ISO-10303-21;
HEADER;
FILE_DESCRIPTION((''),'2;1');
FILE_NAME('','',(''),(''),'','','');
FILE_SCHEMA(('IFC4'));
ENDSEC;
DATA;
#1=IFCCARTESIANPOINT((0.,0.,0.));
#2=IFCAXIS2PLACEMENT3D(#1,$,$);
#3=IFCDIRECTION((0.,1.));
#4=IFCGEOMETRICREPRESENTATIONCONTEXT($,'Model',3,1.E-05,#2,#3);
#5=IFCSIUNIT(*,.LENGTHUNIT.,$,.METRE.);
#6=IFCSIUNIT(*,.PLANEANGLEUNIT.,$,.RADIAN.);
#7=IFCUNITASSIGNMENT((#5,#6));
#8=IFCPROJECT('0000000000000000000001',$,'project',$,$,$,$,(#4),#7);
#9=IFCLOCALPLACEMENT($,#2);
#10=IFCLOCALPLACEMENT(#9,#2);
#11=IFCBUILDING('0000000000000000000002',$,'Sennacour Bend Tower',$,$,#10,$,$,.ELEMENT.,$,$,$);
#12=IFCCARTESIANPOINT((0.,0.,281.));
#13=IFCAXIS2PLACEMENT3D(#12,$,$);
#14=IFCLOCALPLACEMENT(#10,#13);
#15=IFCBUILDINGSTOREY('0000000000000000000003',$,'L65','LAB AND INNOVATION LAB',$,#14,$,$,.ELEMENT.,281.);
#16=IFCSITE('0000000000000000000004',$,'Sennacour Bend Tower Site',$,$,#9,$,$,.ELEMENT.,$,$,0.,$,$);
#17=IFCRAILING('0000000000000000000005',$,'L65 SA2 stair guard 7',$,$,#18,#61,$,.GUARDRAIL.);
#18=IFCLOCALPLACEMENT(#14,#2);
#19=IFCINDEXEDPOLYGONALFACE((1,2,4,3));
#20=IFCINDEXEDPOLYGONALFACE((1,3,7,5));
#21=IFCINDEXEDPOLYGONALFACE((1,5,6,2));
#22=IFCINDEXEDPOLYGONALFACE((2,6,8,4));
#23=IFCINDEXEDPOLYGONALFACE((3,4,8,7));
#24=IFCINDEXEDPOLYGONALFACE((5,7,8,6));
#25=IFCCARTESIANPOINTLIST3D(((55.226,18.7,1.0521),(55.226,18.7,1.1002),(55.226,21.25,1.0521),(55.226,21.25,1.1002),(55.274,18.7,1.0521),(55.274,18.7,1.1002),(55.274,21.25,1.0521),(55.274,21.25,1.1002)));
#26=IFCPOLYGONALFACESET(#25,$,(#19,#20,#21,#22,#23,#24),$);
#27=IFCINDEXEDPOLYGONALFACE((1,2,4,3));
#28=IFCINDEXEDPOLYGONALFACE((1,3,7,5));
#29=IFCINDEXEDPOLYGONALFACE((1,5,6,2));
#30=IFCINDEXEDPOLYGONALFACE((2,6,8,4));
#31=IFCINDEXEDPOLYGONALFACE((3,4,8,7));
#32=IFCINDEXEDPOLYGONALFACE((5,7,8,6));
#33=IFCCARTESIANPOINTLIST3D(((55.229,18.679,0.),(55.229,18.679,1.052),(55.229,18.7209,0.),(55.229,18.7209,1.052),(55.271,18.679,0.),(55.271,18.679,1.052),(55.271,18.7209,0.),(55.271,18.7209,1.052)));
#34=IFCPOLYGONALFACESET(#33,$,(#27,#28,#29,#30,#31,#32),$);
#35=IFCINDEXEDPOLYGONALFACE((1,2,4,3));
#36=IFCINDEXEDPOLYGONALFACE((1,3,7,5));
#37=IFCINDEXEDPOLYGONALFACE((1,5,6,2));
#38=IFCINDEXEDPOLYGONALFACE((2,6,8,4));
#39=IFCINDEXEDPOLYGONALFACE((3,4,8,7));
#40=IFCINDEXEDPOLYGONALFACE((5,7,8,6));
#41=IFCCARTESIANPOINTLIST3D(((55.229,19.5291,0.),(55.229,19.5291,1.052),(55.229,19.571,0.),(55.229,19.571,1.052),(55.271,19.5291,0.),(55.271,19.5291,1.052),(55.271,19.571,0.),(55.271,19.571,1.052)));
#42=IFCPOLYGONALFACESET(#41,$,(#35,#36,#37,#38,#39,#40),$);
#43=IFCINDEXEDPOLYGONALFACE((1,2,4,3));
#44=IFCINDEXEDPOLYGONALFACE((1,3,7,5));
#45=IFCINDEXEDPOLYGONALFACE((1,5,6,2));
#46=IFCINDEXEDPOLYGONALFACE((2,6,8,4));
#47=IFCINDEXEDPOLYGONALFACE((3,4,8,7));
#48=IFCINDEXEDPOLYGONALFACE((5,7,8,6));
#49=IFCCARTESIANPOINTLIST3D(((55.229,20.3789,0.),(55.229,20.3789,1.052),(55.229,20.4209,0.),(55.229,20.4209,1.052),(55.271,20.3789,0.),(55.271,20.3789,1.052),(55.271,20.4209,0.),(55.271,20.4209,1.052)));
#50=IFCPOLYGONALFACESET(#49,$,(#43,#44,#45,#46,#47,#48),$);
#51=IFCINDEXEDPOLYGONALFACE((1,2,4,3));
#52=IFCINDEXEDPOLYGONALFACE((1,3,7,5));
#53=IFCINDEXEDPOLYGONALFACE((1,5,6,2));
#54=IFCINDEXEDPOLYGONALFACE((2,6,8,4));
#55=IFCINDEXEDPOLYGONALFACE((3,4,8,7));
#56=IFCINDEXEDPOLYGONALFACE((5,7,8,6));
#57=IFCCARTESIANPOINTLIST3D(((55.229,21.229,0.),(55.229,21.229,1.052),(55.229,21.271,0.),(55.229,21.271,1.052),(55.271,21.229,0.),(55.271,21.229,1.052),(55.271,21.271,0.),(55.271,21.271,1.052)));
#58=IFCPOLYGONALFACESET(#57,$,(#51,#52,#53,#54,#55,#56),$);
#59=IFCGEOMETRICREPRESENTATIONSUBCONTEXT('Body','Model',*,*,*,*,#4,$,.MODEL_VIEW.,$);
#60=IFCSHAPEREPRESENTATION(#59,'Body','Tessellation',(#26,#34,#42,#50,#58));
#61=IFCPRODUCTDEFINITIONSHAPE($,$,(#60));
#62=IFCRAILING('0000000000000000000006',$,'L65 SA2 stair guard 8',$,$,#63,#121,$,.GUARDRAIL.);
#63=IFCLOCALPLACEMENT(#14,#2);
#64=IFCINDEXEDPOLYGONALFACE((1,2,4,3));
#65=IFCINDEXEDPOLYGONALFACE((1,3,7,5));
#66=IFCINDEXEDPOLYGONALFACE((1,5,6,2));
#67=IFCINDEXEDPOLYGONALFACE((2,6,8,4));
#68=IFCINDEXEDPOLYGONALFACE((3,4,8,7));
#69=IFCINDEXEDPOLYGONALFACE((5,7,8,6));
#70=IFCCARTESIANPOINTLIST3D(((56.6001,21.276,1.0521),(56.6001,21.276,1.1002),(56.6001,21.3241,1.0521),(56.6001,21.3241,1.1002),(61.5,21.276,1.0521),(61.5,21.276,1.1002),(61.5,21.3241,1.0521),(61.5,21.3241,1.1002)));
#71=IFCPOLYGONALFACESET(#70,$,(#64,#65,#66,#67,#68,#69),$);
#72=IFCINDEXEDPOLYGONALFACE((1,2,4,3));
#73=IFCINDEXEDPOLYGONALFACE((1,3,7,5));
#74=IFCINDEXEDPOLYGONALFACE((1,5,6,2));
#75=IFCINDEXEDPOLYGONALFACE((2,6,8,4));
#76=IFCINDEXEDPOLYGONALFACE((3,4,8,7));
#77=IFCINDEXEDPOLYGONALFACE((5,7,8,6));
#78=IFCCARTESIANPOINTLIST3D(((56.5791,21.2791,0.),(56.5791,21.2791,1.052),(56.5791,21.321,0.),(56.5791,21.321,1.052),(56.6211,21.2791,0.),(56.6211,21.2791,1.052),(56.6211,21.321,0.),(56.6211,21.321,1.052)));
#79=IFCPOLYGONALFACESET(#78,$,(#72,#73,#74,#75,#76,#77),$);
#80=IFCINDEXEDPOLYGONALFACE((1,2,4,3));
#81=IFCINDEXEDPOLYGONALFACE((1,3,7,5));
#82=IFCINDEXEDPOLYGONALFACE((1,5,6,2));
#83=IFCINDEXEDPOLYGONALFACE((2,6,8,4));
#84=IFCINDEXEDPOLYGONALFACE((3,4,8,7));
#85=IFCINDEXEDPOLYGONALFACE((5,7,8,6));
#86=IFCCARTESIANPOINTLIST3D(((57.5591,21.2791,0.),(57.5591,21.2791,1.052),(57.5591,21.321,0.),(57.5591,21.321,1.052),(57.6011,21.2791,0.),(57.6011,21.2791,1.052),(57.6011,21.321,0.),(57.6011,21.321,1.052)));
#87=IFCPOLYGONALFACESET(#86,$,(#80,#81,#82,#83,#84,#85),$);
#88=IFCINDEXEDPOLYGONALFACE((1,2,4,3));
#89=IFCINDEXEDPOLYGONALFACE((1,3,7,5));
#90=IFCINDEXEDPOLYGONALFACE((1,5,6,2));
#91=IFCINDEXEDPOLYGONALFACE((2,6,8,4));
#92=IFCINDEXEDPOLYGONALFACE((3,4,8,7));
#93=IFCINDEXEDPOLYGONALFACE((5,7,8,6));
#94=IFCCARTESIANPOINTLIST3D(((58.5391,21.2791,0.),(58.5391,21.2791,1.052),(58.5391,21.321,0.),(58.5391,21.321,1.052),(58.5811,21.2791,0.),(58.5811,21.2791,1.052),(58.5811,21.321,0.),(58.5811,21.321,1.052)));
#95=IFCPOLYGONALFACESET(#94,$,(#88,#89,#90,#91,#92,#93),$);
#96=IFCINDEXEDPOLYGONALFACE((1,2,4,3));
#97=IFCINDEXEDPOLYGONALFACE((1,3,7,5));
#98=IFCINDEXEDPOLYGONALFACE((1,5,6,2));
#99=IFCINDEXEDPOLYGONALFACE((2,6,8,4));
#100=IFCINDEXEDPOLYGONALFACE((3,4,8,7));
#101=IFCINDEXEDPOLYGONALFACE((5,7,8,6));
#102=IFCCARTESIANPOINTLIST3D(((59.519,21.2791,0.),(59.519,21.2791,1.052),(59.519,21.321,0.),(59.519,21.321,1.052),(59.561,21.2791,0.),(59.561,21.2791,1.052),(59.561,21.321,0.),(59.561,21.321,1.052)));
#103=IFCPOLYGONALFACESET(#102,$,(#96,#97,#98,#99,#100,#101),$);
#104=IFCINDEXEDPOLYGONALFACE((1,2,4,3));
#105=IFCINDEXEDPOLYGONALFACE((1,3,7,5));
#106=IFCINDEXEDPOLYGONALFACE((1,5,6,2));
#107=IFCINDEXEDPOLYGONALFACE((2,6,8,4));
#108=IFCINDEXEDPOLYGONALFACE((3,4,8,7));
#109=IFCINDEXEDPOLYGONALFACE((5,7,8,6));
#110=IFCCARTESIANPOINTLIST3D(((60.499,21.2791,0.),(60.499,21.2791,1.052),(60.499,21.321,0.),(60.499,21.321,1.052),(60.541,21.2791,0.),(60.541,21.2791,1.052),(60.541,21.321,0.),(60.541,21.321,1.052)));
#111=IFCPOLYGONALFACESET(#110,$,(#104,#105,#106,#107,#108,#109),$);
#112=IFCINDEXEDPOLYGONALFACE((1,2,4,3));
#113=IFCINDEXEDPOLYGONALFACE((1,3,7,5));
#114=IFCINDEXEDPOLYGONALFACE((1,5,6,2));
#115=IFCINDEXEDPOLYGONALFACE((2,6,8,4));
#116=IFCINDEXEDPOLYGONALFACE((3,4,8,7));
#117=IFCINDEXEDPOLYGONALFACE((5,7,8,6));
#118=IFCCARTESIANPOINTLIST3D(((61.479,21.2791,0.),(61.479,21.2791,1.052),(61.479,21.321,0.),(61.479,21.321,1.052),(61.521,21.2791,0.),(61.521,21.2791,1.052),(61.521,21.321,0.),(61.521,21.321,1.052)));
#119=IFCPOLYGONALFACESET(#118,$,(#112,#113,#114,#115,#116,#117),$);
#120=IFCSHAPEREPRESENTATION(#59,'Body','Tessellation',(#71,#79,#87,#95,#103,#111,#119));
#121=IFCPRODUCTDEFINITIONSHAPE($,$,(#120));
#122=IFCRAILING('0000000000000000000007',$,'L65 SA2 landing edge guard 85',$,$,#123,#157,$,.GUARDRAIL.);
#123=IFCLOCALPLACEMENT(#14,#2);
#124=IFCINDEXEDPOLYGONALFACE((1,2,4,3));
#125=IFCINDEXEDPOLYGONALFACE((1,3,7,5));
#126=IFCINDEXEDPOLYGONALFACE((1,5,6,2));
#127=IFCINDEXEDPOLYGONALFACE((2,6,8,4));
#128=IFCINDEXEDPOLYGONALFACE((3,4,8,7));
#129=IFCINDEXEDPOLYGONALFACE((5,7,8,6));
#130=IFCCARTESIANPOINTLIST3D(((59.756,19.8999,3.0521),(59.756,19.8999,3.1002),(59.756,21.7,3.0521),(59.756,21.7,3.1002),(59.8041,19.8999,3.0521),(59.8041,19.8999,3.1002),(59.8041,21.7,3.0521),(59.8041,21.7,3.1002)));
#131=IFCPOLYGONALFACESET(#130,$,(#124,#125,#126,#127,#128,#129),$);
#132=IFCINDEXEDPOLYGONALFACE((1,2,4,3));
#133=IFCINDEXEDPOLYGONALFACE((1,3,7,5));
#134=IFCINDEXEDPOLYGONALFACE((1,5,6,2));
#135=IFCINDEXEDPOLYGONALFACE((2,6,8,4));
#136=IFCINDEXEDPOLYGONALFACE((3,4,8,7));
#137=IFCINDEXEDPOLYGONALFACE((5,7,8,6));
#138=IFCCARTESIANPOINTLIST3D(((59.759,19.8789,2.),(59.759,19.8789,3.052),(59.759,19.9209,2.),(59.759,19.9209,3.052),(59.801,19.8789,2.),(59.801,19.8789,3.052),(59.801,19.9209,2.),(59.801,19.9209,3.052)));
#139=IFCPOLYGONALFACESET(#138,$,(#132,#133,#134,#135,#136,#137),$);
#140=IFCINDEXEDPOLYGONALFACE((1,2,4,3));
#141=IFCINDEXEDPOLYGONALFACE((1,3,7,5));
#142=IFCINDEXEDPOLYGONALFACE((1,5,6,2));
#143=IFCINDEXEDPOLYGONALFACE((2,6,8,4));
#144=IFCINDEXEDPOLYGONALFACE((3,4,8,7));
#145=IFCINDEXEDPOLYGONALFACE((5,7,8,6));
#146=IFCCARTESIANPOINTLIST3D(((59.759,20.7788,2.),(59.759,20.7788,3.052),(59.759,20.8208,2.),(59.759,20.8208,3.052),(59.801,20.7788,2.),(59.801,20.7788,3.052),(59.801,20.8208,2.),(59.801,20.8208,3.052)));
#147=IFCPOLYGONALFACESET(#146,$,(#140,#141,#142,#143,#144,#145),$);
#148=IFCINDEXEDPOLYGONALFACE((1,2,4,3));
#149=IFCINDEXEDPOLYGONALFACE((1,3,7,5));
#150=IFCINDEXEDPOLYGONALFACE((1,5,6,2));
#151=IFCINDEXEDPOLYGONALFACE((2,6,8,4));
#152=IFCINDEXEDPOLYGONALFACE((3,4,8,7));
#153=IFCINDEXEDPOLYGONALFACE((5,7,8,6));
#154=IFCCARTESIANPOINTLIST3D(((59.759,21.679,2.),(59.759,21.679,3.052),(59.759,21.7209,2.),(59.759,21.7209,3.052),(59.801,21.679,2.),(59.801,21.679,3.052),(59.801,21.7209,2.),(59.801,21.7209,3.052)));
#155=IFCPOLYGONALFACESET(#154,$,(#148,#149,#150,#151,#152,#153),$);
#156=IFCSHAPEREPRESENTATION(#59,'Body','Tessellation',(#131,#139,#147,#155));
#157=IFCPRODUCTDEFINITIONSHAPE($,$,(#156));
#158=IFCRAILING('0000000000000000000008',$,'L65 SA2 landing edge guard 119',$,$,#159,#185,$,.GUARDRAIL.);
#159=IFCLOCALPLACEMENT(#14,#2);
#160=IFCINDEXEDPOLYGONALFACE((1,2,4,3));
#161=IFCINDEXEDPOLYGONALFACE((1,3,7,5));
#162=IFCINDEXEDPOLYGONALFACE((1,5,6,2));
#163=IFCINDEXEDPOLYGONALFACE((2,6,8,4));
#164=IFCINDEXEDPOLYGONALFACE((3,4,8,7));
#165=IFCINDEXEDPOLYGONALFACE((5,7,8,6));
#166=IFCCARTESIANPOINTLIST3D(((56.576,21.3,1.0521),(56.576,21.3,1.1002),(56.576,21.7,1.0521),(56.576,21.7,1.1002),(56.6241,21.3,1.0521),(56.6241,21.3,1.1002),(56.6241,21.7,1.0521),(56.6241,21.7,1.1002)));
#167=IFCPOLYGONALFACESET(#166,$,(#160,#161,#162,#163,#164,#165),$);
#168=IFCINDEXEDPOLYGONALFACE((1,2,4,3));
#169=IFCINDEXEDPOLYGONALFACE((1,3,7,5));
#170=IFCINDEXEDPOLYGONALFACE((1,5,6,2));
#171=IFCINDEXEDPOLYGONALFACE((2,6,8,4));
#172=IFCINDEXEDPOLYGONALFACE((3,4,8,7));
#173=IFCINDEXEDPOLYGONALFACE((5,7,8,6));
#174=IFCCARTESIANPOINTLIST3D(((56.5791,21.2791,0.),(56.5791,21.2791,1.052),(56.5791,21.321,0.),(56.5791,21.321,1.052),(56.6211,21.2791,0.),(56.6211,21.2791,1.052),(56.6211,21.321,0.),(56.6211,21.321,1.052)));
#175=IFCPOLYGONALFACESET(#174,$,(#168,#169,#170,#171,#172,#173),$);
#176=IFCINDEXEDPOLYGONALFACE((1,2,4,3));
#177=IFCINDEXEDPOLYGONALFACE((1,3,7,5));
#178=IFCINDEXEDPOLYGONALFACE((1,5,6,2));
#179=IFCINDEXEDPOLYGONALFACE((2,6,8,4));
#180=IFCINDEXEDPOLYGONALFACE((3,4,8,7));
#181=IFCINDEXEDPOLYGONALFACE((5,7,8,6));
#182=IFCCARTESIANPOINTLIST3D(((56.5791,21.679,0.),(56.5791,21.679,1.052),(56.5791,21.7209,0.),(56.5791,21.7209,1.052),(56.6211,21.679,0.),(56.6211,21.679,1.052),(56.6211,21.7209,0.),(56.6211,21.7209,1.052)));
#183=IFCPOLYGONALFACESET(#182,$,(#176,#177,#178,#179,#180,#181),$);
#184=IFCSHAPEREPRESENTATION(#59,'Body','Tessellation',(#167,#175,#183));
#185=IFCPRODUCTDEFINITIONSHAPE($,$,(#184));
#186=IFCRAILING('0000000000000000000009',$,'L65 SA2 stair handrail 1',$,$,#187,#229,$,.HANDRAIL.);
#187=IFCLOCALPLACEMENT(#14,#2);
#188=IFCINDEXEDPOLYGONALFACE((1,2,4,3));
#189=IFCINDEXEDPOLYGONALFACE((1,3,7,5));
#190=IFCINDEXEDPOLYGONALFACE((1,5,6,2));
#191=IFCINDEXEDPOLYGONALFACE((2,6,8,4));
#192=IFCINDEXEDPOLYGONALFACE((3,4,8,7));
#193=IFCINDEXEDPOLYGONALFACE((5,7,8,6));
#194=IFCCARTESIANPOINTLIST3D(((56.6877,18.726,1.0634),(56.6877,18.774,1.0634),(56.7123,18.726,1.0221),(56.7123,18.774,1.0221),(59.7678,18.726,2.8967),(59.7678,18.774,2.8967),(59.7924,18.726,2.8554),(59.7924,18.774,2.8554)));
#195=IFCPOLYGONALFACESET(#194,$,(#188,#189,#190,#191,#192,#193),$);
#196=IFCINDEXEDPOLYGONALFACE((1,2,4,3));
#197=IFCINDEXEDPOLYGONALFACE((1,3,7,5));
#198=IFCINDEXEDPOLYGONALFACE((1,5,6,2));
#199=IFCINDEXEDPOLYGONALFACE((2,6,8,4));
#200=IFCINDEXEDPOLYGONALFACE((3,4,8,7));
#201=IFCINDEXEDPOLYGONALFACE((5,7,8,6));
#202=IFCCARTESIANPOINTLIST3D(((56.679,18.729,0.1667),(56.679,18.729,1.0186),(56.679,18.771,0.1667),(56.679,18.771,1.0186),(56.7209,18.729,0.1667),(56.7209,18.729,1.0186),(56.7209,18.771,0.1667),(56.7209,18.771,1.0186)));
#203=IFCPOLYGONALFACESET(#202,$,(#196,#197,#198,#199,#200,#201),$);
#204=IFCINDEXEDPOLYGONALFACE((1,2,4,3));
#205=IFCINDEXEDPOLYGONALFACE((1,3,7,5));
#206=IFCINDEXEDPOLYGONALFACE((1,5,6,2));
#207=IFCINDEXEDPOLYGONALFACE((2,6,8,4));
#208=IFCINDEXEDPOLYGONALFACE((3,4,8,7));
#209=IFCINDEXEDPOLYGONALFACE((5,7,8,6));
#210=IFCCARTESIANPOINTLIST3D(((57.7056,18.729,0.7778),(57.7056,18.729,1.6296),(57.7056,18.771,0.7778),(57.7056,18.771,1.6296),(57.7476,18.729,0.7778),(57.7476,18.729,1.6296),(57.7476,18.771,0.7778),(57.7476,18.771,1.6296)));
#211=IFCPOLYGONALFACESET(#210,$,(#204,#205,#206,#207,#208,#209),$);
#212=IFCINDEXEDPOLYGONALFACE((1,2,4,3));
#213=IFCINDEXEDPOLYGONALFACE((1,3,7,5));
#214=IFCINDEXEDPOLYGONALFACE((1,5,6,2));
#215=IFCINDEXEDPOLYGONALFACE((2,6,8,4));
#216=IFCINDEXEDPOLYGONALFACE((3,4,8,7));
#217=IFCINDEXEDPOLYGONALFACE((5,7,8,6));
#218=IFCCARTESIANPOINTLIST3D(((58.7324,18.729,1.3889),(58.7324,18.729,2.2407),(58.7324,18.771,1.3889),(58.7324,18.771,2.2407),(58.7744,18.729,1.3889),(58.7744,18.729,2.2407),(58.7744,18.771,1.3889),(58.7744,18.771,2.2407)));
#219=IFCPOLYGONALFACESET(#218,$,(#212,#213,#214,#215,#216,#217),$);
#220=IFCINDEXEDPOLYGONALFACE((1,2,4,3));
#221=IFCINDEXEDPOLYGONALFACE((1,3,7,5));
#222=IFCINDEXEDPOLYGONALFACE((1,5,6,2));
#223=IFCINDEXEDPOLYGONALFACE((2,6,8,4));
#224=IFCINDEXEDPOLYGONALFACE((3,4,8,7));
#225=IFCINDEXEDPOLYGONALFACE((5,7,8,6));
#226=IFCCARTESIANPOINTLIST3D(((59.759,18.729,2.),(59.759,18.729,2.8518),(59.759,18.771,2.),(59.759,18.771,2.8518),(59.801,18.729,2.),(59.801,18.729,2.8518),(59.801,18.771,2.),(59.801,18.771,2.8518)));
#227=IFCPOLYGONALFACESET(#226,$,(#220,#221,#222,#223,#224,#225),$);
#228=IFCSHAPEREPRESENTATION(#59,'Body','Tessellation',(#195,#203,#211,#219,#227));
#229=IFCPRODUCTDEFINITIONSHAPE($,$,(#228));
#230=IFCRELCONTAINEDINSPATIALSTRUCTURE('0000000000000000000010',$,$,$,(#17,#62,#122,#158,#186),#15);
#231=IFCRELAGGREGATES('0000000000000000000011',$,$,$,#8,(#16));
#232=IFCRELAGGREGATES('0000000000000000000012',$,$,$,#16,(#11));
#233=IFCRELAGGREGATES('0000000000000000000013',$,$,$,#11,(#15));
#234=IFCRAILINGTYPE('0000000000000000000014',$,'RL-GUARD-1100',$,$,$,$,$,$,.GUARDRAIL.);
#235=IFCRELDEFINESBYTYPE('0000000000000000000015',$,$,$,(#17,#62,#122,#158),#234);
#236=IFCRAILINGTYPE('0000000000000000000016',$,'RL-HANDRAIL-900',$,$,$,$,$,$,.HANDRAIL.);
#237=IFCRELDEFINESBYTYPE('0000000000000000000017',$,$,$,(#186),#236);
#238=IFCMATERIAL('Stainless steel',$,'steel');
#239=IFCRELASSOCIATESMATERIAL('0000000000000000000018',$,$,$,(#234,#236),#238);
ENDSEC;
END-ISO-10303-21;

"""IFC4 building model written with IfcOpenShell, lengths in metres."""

from ifc_helpers import new_model, si_unit, direction, frame, origin, origin_2d, place, context, subcontext, project, spatial, rectangle, extrude, material, type_object, element, save


model = new_model("IFC4")

# Units and contexts
model_context = context("Model", 3, precision=1e-05, world=origin(), true_north=direction((0.0, 1.0)))
body_context = subcontext(model_context, "Body", "Model", "MODEL_VIEW")
ifc_project = project(units=[si_unit("LENGTHUNIT", "METRE"), si_unit("PLANEANGLEUNIT", "RADIAN")], contexts=[model_context])

# Site, building, storey
site_placement = place(None, origin())
site = spatial("IfcSite", under=ifc_project, at=site_placement, Name="Sennacour Bend Tower Site", CompositionType="ELEMENT", RefElevation=0.0)
building_placement = place(site_placement, origin())
building = spatial("IfcBuilding", under=site, at=building_placement, Name="Sennacour Bend Tower", CompositionType="ELEMENT")
storey_placement = place(building_placement, frame((0.0, 0.0, 281.0)))
storey = spatial("IfcBuildingStorey", under=building, at=storey_placement, Name="L65", Description="LAB AND INNOVATION LAB", CompositionType="ELEMENT", Elevation=281.0)

# Railings
ifc_material_1 = material(Name="Stainless steel", Category="steel")
railing_type_1 = type_object("IfcRailingType", Name="RL-GUARD-1100", PredefinedType="GUARDRAIL", material=ifc_material_1)
railing_1_placement = place(storey_placement, frame((55.25, 18.7, 0.0)))
element("IfcRailing", 1, at=railing_1_placement, inside=storey, type_object=railing_type_1, Name="L65 SA2 stair guard 7", PredefinedType="GUARDRAIL", context=body_context, shape_type="SweptSolid", body=[
    extrude(rectangle(XDim=0.0481, YDim=0.0481, at=origin_2d()), frame((0.0, 0.0, 1.0762), z_axis=(0.0, 1.0, 0.0), x_axis=(-1.0, 0.0, 0.0)), (0.0, 0.0, 1.0), 2.55),
    extrude(rectangle(XDim=0.042, YDim=0.042, at=origin_2d()), origin(), (0.0, 0.0, 1.0), 1.052),
    extrude(rectangle(XDim=0.042, YDim=0.042, at=origin_2d()), frame((0.0, 0.8501, 0.0)), (0.0, 0.0, 1.0), 1.052),
    extrude(rectangle(XDim=0.042, YDim=0.042, at=origin_2d()), frame((0.0, 1.7, 0.0)), (0.0, 0.0, 1.0), 1.052),
    extrude(rectangle(XDim=0.042, YDim=0.042, at=origin_2d()), frame((0.0, 2.55, 0.0)), (0.0, 0.0, 1.0), 1.052),
])
railing_2_placement = place(storey_placement, frame((56.6001, 21.3, 0.0)))
element("IfcRailing", 2, at=railing_2_placement, inside=storey, type_object=railing_type_1, Name="L65 SA2 stair guard 8", PredefinedType="GUARDRAIL", context=body_context, shape_type="SweptSolid", body=[
    extrude(rectangle(XDim=0.0481, YDim=0.0481, at=origin_2d()), frame((0.0, 0.0, 1.0762), z_axis=(1.0, 0.0, 0.0), x_axis=(0.0, 1.0, 0.0)), (0.0, 0.0, 1.0), 4.8999),
    extrude(rectangle(XDim=0.042, YDim=0.042, at=origin_2d()), origin(), (0.0, 0.0, 1.0), 1.052),
    extrude(rectangle(XDim=0.042, YDim=0.042, at=origin_2d()), frame((0.98, 0.0, 0.0)), (0.0, 0.0, 1.0), 1.052),
    extrude(rectangle(XDim=0.042, YDim=0.042, at=origin_2d()), frame((1.96, 0.0, 0.0)), (0.0, 0.0, 1.0), 1.052),
    extrude(rectangle(XDim=0.042, YDim=0.042, at=origin_2d()), frame((2.9399, 0.0, 0.0)), (0.0, 0.0, 1.0), 1.052),
    extrude(rectangle(XDim=0.042, YDim=0.042, at=origin_2d()), frame((3.9199, 0.0, 0.0)), (0.0, 0.0, 1.0), 1.052),
    extrude(rectangle(XDim=0.042, YDim=0.042, at=origin_2d()), frame((4.8999, 0.0, 0.0)), (0.0, 0.0, 1.0), 1.052),
])
railing_3_placement = place(storey_placement, frame((59.78, 19.8999, 2.0)))
element("IfcRailing", 3, at=railing_3_placement, inside=storey, type_object=railing_type_1, Name="L65 SA2 landing edge guard 85", PredefinedType="GUARDRAIL", context=body_context, shape_type="SweptSolid", body=[
    extrude(rectangle(XDim=0.0481, YDim=0.0481, at=origin_2d()), frame((0.0, 0.0, 1.0762), z_axis=(0.0, 1.0, 0.0), x_axis=(-1.0, 0.0, 0.0)), (0.0, 0.0, 1.0), 1.8),
    extrude(rectangle(XDim=0.042, YDim=0.042, at=origin_2d()), origin(), (0.0, 0.0, 1.0), 1.052),
    extrude(rectangle(XDim=0.042, YDim=0.042, at=origin_2d()), frame((0.0, 0.8999, 0.0)), (0.0, 0.0, 1.0), 1.052),
    extrude(rectangle(XDim=0.042, YDim=0.042, at=origin_2d()), frame((0.0, 1.8, 0.0)), (0.0, 0.0, 1.0), 1.052),
])
railing_4_placement = place(storey_placement, frame((56.6001, 21.3, 0.0)))
element("IfcRailing", 4, at=railing_4_placement, inside=storey, type_object=railing_type_1, Name="L65 SA2 landing edge guard 119", PredefinedType="GUARDRAIL", context=body_context, shape_type="SweptSolid", body=[
    extrude(rectangle(XDim=0.0481, YDim=0.0481, at=origin_2d()), frame((0.0, 0.0, 1.0762), z_axis=(0.0, 1.0, 0.0), x_axis=(-1.0, 0.0, 0.0)), (0.0, 0.0, 1.0), 0.3999),
    extrude(rectangle(XDim=0.042, YDim=0.042, at=origin_2d()), origin(), (0.0, 0.0, 1.0), 1.052),
    extrude(rectangle(XDim=0.042, YDim=0.042, at=origin_2d()), frame((0.0, 0.3999, 0.0)), (0.0, 0.0, 1.0), 1.052),
])
railing_type_2 = type_object("IfcRailingType", Name="RL-HANDRAIL-900", PredefinedType="HANDRAIL", material=ifc_material_1)
railing_5_placement = place(storey_placement, frame((56.7, 18.75, 0.1667)))
element("IfcRailing", 5, at=railing_5_placement, inside=storey, type_object=railing_type_2, Name="L65 SA2 stair handrail 1", PredefinedType="HANDRAIL", context=body_context, shape_type="SweptSolid", body=[
    extrude(rectangle(XDim=0.0481, YDim=0.0481, at=origin_2d()), frame((0.0, 0.0, 0.876), z_axis=(0.859309, 0.0, 0.511458), x_axis=(0.0, 1.0, 0.0)), (0.0, 0.0, 1.0), 3.5845),
    extrude(rectangle(XDim=0.042, YDim=0.042, at=origin_2d()), origin(), (0.0, 0.0, 1.0), 0.8518),
    extrude(rectangle(XDim=0.042, YDim=0.042, at=origin_2d()), frame((1.0266, 0.0, 0.6111)), (0.0, 0.0, 1.0), 0.8518),
    extrude(rectangle(XDim=0.042, YDim=0.042, at=origin_2d()), frame((2.0535, 0.0, 1.2222)), (0.0, 0.0, 1.0), 0.8518),
    extrude(rectangle(XDim=0.042, YDim=0.042, at=origin_2d()), frame((3.0801, 0.0, 1.8333)), (0.0, 0.0, 1.0), 0.8518),
])

save(model, "model.ifc")
